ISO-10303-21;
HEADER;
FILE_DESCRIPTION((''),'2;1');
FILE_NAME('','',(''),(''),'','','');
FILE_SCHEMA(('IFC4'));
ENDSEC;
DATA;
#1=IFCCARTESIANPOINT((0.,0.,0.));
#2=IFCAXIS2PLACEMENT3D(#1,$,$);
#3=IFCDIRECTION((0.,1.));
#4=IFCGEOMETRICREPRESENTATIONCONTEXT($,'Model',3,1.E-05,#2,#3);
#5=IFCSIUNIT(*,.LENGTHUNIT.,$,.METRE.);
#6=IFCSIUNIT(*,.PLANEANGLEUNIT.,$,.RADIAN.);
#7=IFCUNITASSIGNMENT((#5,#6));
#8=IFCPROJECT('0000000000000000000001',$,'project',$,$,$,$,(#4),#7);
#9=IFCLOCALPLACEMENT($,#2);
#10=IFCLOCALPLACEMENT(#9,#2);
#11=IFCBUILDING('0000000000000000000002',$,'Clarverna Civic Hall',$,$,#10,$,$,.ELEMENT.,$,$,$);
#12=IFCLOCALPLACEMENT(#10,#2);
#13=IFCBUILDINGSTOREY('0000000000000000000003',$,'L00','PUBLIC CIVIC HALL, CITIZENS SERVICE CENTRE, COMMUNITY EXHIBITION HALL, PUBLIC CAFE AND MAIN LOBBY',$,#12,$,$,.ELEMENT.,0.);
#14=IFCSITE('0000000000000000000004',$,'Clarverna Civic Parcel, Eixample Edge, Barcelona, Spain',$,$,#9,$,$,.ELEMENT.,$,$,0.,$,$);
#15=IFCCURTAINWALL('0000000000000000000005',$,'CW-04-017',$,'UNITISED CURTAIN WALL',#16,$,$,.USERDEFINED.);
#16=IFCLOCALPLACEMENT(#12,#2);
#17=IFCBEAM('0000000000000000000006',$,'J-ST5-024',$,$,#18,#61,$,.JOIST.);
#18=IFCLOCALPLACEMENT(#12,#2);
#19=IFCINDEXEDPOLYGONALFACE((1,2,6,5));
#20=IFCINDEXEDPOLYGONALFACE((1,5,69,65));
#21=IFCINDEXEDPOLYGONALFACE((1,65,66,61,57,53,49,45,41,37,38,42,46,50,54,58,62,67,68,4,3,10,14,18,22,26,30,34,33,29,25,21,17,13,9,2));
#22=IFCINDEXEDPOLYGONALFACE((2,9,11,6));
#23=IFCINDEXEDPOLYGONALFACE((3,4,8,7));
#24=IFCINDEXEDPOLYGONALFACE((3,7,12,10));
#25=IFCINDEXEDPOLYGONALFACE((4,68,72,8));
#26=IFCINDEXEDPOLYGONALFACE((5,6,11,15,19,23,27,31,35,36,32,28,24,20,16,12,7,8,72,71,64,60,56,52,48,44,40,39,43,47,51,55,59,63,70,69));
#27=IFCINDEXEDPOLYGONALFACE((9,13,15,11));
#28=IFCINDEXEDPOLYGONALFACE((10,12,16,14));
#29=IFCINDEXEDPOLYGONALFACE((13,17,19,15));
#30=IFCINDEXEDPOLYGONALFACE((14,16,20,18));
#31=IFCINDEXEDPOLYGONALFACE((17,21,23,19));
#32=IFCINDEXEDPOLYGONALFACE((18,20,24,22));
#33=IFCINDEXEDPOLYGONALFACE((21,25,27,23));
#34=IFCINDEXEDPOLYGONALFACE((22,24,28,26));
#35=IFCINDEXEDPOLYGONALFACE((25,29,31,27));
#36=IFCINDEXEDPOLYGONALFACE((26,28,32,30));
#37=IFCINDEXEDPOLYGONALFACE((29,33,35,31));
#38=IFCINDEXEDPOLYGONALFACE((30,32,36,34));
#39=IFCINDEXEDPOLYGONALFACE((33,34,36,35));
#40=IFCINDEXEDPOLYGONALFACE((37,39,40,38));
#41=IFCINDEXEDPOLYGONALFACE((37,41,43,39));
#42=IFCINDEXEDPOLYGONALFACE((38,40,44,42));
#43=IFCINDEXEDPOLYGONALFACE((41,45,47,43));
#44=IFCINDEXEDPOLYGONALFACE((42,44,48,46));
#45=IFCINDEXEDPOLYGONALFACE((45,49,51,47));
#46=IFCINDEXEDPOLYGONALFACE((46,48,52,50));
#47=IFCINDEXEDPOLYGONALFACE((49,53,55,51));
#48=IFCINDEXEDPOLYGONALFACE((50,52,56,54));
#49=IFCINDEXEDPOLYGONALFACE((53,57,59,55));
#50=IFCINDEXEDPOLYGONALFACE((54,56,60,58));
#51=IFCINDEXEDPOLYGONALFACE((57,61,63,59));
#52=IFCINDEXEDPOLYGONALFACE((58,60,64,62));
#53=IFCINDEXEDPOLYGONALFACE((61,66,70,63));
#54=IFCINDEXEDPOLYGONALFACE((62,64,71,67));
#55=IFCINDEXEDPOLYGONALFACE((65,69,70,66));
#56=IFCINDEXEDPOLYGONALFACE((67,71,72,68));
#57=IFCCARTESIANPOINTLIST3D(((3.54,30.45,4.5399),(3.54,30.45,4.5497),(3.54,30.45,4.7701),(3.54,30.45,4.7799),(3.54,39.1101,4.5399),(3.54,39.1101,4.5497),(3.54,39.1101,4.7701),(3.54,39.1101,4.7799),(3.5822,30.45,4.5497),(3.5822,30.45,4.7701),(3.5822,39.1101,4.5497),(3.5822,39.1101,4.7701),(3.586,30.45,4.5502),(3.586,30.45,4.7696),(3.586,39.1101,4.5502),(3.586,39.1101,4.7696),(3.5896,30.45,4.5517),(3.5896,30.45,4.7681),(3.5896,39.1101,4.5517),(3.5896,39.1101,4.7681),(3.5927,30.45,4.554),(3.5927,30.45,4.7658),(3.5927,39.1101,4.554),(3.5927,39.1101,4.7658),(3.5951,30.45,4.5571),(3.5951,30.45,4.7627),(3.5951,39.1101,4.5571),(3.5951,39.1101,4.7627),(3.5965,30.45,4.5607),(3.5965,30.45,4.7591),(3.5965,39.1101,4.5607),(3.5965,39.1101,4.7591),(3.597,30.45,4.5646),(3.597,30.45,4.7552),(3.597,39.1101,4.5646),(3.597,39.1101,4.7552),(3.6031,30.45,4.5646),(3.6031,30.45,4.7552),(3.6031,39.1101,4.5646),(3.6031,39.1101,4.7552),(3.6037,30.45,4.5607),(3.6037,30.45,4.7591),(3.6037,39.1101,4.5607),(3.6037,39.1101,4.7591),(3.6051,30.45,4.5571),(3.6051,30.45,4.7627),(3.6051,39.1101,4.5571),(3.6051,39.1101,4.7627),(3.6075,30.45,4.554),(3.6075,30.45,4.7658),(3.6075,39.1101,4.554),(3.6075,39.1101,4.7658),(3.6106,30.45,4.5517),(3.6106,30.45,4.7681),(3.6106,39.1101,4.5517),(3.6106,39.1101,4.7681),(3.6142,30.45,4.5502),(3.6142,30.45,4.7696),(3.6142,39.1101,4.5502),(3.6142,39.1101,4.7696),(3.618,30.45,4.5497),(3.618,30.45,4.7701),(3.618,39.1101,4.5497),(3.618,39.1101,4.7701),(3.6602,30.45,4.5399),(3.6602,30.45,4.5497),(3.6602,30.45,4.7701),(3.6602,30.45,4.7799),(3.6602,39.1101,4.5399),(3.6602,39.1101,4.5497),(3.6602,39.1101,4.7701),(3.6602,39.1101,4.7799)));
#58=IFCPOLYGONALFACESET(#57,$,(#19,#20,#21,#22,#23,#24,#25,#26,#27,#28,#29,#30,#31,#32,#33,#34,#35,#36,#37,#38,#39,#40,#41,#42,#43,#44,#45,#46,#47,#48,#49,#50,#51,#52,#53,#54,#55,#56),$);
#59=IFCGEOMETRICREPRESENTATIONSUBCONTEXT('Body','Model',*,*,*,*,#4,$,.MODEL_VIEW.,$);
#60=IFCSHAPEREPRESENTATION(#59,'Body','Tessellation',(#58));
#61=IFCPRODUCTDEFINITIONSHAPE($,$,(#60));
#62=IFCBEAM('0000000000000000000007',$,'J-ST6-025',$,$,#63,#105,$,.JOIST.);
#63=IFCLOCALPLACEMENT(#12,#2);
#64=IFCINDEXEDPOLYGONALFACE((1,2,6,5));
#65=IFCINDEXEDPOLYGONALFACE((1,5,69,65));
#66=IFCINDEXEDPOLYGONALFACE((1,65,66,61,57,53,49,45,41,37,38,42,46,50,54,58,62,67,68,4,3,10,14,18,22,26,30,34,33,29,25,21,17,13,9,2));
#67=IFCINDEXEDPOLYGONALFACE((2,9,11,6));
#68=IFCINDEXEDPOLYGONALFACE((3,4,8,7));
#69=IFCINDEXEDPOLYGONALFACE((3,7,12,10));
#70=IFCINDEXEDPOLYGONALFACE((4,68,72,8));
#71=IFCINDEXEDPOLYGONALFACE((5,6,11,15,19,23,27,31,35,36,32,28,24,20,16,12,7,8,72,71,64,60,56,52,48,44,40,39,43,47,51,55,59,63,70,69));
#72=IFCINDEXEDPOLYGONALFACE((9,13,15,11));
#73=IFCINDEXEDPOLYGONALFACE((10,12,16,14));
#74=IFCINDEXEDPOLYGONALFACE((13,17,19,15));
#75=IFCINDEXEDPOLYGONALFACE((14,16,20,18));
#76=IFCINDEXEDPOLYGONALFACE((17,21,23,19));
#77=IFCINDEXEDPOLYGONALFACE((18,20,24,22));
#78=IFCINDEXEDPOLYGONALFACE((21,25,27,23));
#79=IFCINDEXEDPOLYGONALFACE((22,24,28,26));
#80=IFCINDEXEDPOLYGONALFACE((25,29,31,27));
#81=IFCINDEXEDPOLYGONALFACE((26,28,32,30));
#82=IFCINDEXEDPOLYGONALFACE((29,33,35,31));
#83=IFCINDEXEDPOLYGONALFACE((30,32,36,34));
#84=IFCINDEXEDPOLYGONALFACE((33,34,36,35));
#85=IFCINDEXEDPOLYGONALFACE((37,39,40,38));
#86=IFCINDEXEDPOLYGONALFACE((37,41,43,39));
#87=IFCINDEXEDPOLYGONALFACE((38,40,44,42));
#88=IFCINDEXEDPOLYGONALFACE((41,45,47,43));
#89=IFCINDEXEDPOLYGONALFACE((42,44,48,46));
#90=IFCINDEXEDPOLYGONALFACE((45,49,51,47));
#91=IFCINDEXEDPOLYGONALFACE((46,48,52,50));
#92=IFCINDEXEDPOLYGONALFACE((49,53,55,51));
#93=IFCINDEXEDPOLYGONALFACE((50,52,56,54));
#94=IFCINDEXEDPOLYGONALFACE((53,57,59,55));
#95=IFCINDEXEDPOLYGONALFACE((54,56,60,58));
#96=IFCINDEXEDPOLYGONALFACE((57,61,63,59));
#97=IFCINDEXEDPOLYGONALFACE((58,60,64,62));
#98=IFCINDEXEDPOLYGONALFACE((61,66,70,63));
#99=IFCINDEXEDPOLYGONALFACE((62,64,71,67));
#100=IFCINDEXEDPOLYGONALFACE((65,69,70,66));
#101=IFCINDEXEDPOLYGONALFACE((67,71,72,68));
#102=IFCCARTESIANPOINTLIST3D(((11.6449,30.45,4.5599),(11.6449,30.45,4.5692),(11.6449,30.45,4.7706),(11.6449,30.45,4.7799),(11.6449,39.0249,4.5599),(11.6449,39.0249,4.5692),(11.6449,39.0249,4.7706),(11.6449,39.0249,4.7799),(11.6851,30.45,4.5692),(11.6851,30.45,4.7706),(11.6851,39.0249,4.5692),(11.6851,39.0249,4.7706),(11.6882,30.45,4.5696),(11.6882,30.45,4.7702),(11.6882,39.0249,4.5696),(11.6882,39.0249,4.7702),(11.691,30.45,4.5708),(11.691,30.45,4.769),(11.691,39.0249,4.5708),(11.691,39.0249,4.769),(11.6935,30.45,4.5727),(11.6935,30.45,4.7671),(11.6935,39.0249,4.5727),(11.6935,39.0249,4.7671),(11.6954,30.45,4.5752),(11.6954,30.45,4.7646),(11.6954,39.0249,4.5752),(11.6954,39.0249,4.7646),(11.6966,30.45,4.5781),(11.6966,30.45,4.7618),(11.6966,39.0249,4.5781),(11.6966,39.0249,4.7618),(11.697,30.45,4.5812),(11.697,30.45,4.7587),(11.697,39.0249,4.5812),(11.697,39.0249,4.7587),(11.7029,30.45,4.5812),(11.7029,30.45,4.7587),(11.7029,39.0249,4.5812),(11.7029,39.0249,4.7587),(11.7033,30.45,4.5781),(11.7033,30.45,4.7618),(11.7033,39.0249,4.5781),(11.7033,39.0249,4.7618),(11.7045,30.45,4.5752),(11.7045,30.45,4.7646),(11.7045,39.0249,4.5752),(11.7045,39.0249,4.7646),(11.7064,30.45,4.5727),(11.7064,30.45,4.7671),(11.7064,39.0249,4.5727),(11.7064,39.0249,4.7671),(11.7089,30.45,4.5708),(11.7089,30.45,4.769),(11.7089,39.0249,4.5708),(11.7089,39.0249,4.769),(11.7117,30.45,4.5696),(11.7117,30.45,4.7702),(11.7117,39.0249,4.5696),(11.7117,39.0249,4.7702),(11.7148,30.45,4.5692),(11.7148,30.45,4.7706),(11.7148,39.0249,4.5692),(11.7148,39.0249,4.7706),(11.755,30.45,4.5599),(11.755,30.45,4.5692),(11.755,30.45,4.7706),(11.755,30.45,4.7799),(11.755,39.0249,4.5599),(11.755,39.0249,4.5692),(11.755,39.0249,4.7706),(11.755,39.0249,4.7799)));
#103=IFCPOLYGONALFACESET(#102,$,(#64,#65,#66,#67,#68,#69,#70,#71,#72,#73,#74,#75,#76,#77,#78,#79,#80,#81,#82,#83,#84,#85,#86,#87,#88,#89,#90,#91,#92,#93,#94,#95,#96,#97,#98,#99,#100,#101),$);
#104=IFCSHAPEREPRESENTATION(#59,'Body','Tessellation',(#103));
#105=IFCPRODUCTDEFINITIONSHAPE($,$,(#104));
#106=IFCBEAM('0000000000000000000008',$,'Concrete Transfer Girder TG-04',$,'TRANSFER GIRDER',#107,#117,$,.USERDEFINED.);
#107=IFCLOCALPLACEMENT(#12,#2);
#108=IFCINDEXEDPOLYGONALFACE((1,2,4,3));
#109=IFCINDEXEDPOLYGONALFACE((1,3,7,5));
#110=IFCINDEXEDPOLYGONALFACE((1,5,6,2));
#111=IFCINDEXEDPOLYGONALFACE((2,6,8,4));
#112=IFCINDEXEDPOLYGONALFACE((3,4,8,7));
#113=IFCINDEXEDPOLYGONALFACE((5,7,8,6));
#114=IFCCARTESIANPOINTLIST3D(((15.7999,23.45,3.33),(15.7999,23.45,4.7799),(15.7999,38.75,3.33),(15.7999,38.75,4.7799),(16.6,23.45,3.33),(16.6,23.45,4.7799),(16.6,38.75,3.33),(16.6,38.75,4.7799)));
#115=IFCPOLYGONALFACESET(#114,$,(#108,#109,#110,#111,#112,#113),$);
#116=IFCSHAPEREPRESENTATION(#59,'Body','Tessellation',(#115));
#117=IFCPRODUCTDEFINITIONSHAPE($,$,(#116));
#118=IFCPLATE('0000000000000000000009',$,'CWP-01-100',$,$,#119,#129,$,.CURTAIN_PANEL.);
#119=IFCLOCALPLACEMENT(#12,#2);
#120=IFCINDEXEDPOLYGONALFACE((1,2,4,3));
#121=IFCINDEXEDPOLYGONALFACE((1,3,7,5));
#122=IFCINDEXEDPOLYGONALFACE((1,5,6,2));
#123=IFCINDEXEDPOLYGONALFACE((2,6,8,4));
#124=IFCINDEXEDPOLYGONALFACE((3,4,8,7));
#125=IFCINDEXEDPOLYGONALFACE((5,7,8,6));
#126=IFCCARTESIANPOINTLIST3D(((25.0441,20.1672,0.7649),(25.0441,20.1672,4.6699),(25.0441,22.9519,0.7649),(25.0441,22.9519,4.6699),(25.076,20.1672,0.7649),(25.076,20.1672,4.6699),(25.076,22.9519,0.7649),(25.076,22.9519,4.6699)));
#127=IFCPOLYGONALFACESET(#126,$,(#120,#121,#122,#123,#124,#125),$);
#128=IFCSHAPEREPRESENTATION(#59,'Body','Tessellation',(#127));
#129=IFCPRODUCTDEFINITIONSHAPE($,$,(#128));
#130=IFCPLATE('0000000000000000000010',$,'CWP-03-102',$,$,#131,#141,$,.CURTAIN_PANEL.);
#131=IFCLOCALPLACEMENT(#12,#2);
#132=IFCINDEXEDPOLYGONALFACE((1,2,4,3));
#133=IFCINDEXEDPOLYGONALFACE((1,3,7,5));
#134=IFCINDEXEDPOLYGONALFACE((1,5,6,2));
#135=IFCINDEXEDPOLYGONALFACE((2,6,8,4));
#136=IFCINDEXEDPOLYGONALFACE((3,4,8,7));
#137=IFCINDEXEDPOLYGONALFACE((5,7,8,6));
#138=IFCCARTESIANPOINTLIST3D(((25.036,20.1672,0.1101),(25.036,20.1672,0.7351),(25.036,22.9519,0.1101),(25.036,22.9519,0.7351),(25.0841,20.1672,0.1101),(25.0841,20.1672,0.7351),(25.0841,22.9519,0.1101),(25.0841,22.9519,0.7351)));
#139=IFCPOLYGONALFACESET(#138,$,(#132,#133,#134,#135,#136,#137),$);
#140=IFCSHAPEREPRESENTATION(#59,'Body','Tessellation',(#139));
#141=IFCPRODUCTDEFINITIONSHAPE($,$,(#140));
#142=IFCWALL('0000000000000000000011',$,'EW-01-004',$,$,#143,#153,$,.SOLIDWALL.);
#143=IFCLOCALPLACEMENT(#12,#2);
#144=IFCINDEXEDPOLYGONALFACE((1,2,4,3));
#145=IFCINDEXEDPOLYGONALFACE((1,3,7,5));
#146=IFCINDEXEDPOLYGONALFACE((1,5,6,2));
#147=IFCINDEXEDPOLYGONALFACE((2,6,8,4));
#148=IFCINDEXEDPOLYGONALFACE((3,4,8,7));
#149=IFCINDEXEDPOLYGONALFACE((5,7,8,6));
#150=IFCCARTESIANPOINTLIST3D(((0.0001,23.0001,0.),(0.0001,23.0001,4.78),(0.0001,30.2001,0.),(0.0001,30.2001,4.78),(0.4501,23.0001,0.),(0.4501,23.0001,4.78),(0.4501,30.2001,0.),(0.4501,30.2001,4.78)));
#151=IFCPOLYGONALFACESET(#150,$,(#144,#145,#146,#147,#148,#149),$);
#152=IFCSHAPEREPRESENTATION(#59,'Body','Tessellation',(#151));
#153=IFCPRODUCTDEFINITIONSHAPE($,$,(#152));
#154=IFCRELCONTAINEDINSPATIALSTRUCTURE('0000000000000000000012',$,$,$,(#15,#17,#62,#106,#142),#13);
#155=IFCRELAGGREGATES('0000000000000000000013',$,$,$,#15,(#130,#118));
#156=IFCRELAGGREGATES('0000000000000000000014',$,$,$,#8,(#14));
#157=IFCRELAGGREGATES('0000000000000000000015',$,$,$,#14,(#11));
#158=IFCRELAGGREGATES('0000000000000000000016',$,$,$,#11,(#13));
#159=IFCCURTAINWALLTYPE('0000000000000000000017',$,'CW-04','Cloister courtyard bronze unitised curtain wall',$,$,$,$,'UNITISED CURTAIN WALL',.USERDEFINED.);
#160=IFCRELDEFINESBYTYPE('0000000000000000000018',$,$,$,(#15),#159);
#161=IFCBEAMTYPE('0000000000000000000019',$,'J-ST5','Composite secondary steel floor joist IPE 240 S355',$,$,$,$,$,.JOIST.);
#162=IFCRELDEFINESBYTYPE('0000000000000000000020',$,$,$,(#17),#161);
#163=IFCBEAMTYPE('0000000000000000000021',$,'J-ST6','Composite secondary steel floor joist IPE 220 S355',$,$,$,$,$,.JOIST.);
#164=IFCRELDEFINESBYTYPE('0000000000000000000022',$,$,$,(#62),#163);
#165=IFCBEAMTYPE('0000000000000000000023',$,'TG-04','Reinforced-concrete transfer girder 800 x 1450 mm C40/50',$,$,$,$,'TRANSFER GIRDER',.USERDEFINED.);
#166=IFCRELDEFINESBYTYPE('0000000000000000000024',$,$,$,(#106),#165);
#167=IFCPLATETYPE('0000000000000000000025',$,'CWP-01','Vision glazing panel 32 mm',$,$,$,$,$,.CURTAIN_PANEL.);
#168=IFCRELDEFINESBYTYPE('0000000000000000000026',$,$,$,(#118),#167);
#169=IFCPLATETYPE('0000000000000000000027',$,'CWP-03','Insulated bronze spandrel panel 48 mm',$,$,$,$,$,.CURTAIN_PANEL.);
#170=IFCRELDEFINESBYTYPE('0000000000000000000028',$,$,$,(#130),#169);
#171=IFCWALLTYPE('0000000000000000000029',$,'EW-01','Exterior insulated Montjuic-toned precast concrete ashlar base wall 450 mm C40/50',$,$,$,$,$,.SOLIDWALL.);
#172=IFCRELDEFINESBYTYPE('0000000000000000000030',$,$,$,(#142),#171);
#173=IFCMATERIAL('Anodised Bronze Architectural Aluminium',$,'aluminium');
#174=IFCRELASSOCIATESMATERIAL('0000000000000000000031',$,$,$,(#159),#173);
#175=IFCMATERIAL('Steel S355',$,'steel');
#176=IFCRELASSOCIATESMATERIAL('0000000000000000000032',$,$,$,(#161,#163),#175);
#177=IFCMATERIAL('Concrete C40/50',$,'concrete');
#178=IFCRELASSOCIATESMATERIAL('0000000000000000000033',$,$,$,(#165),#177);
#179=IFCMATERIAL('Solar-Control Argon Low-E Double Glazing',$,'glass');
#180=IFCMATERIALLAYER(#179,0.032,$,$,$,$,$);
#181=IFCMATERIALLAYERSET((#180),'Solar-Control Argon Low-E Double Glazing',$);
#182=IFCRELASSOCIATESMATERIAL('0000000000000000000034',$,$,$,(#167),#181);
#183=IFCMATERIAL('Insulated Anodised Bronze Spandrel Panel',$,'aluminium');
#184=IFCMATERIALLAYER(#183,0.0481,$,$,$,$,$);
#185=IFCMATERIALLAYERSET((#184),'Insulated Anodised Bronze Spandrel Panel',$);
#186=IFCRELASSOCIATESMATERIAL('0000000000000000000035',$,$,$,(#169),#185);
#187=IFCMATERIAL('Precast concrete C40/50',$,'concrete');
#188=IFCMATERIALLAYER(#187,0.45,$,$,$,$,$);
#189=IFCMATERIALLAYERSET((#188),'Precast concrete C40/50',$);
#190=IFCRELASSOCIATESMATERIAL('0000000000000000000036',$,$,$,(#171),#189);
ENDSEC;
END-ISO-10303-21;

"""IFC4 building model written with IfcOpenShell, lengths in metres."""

from ifc_helpers import new_model, si_unit, direction, frame, frame_2d, origin, origin_2d, place, context, subcontext, project, spatial, rectangle, i_section, extrude, material, layer, layer_set, material_profile, profile_set, type_object, element, aggregate, save


model = new_model("IFC4")

# Units and contexts
model_context = context("Model", 3, precision=1e-05, world=origin(), true_north=direction((0.0, 1.0)))
body_context = subcontext(model_context, "Body", "Model", "MODEL_VIEW")
ifc_project = project(units=[si_unit("LENGTHUNIT", "METRE"), si_unit("PLANEANGLEUNIT", "RADIAN")], contexts=[model_context])

# Site, building, storey
site_placement = place(None, origin())
site = spatial("IfcSite", under=ifc_project, at=site_placement, Name="Clarverna Civic Parcel, Eixample Edge, Barcelona, Spain", CompositionType="ELEMENT", RefElevation=0.0)
building_placement = place(site_placement, origin())
building = spatial("IfcBuilding", under=site, at=building_placement, Name="Clarverna Civic Hall", CompositionType="ELEMENT")
storey_placement = place(building_placement, origin())
storey = spatial("IfcBuildingStorey", under=building, at=storey_placement, Name="L00", Description="PUBLIC CIVIC HALL, CITIZENS SERVICE CENTRE, COMMUNITY EXHIBITION HALL, PUBLIC CAFE AND MAIN LOBBY", CompositionType="ELEMENT", Elevation=0.0)

# Shared definitions
ifc_material_1 = material(Name="Concrete C40/50", Category="concrete")

# Shared definitions
ifc_material_2 = material(Name="Steel S355", Category="steel")

# Curtain wall
ifc_material_3 = material(Name="Anodised Bronze Architectural Aluminium", Category="aluminium")
curtain_wall_type = type_object("IfcCurtainWallType", Name="CW-04", Description="Cloister courtyard bronze unitised curtain wall", ElementType="UNITISED CURTAIN WALL", PredefinedType="USERDEFINED", material=ifc_material_3)
curtain_wall_placement = place(storey_placement, origin())
curtain_wall = element("IfcCurtainWall", 1, at=curtain_wall_placement, inside=storey, type_object=curtain_wall_type, Name="CW-04-017", ObjectType="UNITISED CURTAIN WALL", PredefinedType="USERDEFINED")

# Beams
ifc_material_profile_1 = material_profile(ifc_material_2, i_section(OverallWidth=0.1201, OverallDepth=0.24, WebThickness=0.0061, FlangeThickness=0.0098, FilletRadius=0.0149, at=origin_2d()), Name="IPE 240")
ifc_profile_set_1 = profile_set([ifc_material_profile_1], Name="Steel S355")
beam_type_1 = type_object("IfcBeamType", Name="J-ST5", Description="Composite secondary steel floor joist IPE 240 S355", PredefinedType="JOIST", material=ifc_profile_set_1)
beam_1_placement = place(storey_placement, frame((3.6001, 30.45, 4.6599), z_axis=(0.0, 1.0, 0.0), x_axis=(-1.0, 0.0, 0.0)))
element("IfcBeam", 2, at=beam_1_placement, inside=storey, type_object=beam_type_1, Name="J-ST5-024", PredefinedType="JOIST", context=body_context, shape_type="SweptSolid", body=[
    extrude(i_section(OverallWidth=0.1201, OverallDepth=0.24, WebThickness=0.0061, FlangeThickness=0.0098, FilletRadius=0.0149, at=origin_2d()), origin(), (0.0, 0.0, 1.0), 8.6602),
])
ifc_material_profile_2 = material_profile(ifc_material_2, i_section(OverallWidth=0.1101, OverallDepth=0.22, WebThickness=0.0059, FlangeThickness=0.0093, FilletRadius=0.012, at=origin_2d()), Name="IPE 220")
ifc_profile_set_2 = profile_set([ifc_material_profile_2], Name="Steel S355")
beam_type_2 = type_object("IfcBeamType", Name="J-ST6", Description="Composite secondary steel floor joist IPE 220 S355", PredefinedType="JOIST", material=ifc_profile_set_2)
beam_2_placement = place(storey_placement, frame((11.7, 30.45, 4.6699), z_axis=(0.0, 1.0, 0.0), x_axis=(-1.0, 0.0, 0.0)))
element("IfcBeam", 3, at=beam_2_placement, inside=storey, type_object=beam_type_2, Name="J-ST6-025", PredefinedType="JOIST", context=body_context, shape_type="SweptSolid", body=[
    extrude(i_section(OverallWidth=0.1101, OverallDepth=0.22, WebThickness=0.0059, FlangeThickness=0.0093, FilletRadius=0.012, at=origin_2d()), origin(), (0.0, 0.0, 1.0), 8.575),
])
ifc_material_profile_3 = material_profile(ifc_material_1, rectangle(XDim=0.8, YDim=1.45, at=origin_2d()), Name="RC 800x1450")
ifc_profile_set_3 = profile_set([ifc_material_profile_3], Name="Concrete C40/50")
beam_type_3 = type_object("IfcBeamType", Name="TG-04", Description="Reinforced-concrete transfer girder 800 x 1450 mm C40/50", ElementType="TRANSFER GIRDER", PredefinedType="USERDEFINED", material=ifc_profile_set_3)
beam_3_placement = place(storey_placement, frame((16.2, 23.45, 4.0549), z_axis=(0.0, 1.0, 0.0), x_axis=(-1.0, 0.0, 0.0)))
element("IfcBeam", 4, at=beam_3_placement, inside=storey, type_object=beam_type_3, Name="Concrete Transfer Girder TG-04", ObjectType="TRANSFER GIRDER", PredefinedType="USERDEFINED", context=body_context, shape_type="SweptSolid", body=[
    extrude(rectangle(XDim=0.8, YDim=1.45, at=origin_2d()), origin(), (0.0, 0.0, 1.0), 15.3),
])

# Plates
ifc_material_4 = material(Name="Solar-Control Argon Low-E Double Glazing", Category="glass")
ifc_layer_1 = layer(ifc_material_4, 0.032)
ifc_layer_set_1 = layer_set([ifc_layer_1], Name="Solar-Control Argon Low-E Double Glazing")
plate_type_1 = type_object("IfcPlateType", Name="CWP-01", Description="Vision glazing panel 32 mm", PredefinedType="CURTAIN_PANEL", material=ifc_layer_set_1)
plate_1_placement = place(storey_placement, frame((25.0601, 22.9519, 0.7649), z_axis=(0.0, 0.0, 1.0), x_axis=(0.0, -1.0, 0.0)))
plate_1 = element("IfcPlate", 5, at=plate_1_placement, type_object=plate_type_1, Name="CWP-01-100", PredefinedType="CURTAIN_PANEL", context=body_context, shape_type="SweptSolid", body=[
    extrude(rectangle(XDim=2.7847, YDim=0.032, at=frame_2d((1.3923, 0.0))), origin(), (0.0, 0.0, 1.0), 3.905),
])
ifc_material_5 = material(Name="Insulated Anodised Bronze Spandrel Panel", Category="aluminium")
ifc_layer_2 = layer(ifc_material_5, 0.0481)
ifc_layer_set_2 = layer_set([ifc_layer_2], Name="Insulated Anodised Bronze Spandrel Panel")
plate_type_2 = type_object("IfcPlateType", Name="CWP-03", Description="Insulated bronze spandrel panel 48 mm", PredefinedType="CURTAIN_PANEL", material=ifc_layer_set_2)
plate_2_placement = place(storey_placement, frame((25.0601, 22.9519, 0.1101), z_axis=(0.0, 0.0, 1.0), x_axis=(0.0, -1.0, 0.0)))
plate_2 = element("IfcPlate", 6, at=plate_2_placement, type_object=plate_type_2, Name="CWP-03-102", PredefinedType="CURTAIN_PANEL", context=body_context, shape_type="SweptSolid", body=[
    extrude(rectangle(XDim=2.7847, YDim=0.0481, at=frame_2d((1.3923, 0.0))), origin(), (0.0, 0.0, 1.0), 0.625),
])
aggregate(curtain_wall, [plate_2, plate_1])

# Wall
ifc_material_6 = material(Name="Precast concrete C40/50", Category="concrete")
ifc_layer_3 = layer(ifc_material_6, 0.45)
ifc_layer_set_3 = layer_set([ifc_layer_3], Name="Precast concrete C40/50")
wall_type_1 = type_object("IfcWallType", Name="EW-01", Description="Exterior insulated Montjuic-toned precast concrete ashlar base wall 450 mm C40/50", PredefinedType="SOLIDWALL", material=ifc_layer_set_3)
wall_1_placement = place(storey_placement, frame((0.2251, 23.0, 0.0), z_axis=(0.0, 0.0, 1.0), x_axis=(0.0, 1.0, 0.0)))
element("IfcWall", 7, at=wall_1_placement, inside=storey, type_object=wall_type_1, Name="EW-01-004", PredefinedType="SOLIDWALL", context=body_context, shape_type="SweptSolid", body=[
    extrude(rectangle(XDim=7.2, YDim=0.45, at=frame_2d((3.6001, 0.0))), origin(), (0.0, 0.0, 1.0), 4.78),
])

save(model, "model.ifc")
